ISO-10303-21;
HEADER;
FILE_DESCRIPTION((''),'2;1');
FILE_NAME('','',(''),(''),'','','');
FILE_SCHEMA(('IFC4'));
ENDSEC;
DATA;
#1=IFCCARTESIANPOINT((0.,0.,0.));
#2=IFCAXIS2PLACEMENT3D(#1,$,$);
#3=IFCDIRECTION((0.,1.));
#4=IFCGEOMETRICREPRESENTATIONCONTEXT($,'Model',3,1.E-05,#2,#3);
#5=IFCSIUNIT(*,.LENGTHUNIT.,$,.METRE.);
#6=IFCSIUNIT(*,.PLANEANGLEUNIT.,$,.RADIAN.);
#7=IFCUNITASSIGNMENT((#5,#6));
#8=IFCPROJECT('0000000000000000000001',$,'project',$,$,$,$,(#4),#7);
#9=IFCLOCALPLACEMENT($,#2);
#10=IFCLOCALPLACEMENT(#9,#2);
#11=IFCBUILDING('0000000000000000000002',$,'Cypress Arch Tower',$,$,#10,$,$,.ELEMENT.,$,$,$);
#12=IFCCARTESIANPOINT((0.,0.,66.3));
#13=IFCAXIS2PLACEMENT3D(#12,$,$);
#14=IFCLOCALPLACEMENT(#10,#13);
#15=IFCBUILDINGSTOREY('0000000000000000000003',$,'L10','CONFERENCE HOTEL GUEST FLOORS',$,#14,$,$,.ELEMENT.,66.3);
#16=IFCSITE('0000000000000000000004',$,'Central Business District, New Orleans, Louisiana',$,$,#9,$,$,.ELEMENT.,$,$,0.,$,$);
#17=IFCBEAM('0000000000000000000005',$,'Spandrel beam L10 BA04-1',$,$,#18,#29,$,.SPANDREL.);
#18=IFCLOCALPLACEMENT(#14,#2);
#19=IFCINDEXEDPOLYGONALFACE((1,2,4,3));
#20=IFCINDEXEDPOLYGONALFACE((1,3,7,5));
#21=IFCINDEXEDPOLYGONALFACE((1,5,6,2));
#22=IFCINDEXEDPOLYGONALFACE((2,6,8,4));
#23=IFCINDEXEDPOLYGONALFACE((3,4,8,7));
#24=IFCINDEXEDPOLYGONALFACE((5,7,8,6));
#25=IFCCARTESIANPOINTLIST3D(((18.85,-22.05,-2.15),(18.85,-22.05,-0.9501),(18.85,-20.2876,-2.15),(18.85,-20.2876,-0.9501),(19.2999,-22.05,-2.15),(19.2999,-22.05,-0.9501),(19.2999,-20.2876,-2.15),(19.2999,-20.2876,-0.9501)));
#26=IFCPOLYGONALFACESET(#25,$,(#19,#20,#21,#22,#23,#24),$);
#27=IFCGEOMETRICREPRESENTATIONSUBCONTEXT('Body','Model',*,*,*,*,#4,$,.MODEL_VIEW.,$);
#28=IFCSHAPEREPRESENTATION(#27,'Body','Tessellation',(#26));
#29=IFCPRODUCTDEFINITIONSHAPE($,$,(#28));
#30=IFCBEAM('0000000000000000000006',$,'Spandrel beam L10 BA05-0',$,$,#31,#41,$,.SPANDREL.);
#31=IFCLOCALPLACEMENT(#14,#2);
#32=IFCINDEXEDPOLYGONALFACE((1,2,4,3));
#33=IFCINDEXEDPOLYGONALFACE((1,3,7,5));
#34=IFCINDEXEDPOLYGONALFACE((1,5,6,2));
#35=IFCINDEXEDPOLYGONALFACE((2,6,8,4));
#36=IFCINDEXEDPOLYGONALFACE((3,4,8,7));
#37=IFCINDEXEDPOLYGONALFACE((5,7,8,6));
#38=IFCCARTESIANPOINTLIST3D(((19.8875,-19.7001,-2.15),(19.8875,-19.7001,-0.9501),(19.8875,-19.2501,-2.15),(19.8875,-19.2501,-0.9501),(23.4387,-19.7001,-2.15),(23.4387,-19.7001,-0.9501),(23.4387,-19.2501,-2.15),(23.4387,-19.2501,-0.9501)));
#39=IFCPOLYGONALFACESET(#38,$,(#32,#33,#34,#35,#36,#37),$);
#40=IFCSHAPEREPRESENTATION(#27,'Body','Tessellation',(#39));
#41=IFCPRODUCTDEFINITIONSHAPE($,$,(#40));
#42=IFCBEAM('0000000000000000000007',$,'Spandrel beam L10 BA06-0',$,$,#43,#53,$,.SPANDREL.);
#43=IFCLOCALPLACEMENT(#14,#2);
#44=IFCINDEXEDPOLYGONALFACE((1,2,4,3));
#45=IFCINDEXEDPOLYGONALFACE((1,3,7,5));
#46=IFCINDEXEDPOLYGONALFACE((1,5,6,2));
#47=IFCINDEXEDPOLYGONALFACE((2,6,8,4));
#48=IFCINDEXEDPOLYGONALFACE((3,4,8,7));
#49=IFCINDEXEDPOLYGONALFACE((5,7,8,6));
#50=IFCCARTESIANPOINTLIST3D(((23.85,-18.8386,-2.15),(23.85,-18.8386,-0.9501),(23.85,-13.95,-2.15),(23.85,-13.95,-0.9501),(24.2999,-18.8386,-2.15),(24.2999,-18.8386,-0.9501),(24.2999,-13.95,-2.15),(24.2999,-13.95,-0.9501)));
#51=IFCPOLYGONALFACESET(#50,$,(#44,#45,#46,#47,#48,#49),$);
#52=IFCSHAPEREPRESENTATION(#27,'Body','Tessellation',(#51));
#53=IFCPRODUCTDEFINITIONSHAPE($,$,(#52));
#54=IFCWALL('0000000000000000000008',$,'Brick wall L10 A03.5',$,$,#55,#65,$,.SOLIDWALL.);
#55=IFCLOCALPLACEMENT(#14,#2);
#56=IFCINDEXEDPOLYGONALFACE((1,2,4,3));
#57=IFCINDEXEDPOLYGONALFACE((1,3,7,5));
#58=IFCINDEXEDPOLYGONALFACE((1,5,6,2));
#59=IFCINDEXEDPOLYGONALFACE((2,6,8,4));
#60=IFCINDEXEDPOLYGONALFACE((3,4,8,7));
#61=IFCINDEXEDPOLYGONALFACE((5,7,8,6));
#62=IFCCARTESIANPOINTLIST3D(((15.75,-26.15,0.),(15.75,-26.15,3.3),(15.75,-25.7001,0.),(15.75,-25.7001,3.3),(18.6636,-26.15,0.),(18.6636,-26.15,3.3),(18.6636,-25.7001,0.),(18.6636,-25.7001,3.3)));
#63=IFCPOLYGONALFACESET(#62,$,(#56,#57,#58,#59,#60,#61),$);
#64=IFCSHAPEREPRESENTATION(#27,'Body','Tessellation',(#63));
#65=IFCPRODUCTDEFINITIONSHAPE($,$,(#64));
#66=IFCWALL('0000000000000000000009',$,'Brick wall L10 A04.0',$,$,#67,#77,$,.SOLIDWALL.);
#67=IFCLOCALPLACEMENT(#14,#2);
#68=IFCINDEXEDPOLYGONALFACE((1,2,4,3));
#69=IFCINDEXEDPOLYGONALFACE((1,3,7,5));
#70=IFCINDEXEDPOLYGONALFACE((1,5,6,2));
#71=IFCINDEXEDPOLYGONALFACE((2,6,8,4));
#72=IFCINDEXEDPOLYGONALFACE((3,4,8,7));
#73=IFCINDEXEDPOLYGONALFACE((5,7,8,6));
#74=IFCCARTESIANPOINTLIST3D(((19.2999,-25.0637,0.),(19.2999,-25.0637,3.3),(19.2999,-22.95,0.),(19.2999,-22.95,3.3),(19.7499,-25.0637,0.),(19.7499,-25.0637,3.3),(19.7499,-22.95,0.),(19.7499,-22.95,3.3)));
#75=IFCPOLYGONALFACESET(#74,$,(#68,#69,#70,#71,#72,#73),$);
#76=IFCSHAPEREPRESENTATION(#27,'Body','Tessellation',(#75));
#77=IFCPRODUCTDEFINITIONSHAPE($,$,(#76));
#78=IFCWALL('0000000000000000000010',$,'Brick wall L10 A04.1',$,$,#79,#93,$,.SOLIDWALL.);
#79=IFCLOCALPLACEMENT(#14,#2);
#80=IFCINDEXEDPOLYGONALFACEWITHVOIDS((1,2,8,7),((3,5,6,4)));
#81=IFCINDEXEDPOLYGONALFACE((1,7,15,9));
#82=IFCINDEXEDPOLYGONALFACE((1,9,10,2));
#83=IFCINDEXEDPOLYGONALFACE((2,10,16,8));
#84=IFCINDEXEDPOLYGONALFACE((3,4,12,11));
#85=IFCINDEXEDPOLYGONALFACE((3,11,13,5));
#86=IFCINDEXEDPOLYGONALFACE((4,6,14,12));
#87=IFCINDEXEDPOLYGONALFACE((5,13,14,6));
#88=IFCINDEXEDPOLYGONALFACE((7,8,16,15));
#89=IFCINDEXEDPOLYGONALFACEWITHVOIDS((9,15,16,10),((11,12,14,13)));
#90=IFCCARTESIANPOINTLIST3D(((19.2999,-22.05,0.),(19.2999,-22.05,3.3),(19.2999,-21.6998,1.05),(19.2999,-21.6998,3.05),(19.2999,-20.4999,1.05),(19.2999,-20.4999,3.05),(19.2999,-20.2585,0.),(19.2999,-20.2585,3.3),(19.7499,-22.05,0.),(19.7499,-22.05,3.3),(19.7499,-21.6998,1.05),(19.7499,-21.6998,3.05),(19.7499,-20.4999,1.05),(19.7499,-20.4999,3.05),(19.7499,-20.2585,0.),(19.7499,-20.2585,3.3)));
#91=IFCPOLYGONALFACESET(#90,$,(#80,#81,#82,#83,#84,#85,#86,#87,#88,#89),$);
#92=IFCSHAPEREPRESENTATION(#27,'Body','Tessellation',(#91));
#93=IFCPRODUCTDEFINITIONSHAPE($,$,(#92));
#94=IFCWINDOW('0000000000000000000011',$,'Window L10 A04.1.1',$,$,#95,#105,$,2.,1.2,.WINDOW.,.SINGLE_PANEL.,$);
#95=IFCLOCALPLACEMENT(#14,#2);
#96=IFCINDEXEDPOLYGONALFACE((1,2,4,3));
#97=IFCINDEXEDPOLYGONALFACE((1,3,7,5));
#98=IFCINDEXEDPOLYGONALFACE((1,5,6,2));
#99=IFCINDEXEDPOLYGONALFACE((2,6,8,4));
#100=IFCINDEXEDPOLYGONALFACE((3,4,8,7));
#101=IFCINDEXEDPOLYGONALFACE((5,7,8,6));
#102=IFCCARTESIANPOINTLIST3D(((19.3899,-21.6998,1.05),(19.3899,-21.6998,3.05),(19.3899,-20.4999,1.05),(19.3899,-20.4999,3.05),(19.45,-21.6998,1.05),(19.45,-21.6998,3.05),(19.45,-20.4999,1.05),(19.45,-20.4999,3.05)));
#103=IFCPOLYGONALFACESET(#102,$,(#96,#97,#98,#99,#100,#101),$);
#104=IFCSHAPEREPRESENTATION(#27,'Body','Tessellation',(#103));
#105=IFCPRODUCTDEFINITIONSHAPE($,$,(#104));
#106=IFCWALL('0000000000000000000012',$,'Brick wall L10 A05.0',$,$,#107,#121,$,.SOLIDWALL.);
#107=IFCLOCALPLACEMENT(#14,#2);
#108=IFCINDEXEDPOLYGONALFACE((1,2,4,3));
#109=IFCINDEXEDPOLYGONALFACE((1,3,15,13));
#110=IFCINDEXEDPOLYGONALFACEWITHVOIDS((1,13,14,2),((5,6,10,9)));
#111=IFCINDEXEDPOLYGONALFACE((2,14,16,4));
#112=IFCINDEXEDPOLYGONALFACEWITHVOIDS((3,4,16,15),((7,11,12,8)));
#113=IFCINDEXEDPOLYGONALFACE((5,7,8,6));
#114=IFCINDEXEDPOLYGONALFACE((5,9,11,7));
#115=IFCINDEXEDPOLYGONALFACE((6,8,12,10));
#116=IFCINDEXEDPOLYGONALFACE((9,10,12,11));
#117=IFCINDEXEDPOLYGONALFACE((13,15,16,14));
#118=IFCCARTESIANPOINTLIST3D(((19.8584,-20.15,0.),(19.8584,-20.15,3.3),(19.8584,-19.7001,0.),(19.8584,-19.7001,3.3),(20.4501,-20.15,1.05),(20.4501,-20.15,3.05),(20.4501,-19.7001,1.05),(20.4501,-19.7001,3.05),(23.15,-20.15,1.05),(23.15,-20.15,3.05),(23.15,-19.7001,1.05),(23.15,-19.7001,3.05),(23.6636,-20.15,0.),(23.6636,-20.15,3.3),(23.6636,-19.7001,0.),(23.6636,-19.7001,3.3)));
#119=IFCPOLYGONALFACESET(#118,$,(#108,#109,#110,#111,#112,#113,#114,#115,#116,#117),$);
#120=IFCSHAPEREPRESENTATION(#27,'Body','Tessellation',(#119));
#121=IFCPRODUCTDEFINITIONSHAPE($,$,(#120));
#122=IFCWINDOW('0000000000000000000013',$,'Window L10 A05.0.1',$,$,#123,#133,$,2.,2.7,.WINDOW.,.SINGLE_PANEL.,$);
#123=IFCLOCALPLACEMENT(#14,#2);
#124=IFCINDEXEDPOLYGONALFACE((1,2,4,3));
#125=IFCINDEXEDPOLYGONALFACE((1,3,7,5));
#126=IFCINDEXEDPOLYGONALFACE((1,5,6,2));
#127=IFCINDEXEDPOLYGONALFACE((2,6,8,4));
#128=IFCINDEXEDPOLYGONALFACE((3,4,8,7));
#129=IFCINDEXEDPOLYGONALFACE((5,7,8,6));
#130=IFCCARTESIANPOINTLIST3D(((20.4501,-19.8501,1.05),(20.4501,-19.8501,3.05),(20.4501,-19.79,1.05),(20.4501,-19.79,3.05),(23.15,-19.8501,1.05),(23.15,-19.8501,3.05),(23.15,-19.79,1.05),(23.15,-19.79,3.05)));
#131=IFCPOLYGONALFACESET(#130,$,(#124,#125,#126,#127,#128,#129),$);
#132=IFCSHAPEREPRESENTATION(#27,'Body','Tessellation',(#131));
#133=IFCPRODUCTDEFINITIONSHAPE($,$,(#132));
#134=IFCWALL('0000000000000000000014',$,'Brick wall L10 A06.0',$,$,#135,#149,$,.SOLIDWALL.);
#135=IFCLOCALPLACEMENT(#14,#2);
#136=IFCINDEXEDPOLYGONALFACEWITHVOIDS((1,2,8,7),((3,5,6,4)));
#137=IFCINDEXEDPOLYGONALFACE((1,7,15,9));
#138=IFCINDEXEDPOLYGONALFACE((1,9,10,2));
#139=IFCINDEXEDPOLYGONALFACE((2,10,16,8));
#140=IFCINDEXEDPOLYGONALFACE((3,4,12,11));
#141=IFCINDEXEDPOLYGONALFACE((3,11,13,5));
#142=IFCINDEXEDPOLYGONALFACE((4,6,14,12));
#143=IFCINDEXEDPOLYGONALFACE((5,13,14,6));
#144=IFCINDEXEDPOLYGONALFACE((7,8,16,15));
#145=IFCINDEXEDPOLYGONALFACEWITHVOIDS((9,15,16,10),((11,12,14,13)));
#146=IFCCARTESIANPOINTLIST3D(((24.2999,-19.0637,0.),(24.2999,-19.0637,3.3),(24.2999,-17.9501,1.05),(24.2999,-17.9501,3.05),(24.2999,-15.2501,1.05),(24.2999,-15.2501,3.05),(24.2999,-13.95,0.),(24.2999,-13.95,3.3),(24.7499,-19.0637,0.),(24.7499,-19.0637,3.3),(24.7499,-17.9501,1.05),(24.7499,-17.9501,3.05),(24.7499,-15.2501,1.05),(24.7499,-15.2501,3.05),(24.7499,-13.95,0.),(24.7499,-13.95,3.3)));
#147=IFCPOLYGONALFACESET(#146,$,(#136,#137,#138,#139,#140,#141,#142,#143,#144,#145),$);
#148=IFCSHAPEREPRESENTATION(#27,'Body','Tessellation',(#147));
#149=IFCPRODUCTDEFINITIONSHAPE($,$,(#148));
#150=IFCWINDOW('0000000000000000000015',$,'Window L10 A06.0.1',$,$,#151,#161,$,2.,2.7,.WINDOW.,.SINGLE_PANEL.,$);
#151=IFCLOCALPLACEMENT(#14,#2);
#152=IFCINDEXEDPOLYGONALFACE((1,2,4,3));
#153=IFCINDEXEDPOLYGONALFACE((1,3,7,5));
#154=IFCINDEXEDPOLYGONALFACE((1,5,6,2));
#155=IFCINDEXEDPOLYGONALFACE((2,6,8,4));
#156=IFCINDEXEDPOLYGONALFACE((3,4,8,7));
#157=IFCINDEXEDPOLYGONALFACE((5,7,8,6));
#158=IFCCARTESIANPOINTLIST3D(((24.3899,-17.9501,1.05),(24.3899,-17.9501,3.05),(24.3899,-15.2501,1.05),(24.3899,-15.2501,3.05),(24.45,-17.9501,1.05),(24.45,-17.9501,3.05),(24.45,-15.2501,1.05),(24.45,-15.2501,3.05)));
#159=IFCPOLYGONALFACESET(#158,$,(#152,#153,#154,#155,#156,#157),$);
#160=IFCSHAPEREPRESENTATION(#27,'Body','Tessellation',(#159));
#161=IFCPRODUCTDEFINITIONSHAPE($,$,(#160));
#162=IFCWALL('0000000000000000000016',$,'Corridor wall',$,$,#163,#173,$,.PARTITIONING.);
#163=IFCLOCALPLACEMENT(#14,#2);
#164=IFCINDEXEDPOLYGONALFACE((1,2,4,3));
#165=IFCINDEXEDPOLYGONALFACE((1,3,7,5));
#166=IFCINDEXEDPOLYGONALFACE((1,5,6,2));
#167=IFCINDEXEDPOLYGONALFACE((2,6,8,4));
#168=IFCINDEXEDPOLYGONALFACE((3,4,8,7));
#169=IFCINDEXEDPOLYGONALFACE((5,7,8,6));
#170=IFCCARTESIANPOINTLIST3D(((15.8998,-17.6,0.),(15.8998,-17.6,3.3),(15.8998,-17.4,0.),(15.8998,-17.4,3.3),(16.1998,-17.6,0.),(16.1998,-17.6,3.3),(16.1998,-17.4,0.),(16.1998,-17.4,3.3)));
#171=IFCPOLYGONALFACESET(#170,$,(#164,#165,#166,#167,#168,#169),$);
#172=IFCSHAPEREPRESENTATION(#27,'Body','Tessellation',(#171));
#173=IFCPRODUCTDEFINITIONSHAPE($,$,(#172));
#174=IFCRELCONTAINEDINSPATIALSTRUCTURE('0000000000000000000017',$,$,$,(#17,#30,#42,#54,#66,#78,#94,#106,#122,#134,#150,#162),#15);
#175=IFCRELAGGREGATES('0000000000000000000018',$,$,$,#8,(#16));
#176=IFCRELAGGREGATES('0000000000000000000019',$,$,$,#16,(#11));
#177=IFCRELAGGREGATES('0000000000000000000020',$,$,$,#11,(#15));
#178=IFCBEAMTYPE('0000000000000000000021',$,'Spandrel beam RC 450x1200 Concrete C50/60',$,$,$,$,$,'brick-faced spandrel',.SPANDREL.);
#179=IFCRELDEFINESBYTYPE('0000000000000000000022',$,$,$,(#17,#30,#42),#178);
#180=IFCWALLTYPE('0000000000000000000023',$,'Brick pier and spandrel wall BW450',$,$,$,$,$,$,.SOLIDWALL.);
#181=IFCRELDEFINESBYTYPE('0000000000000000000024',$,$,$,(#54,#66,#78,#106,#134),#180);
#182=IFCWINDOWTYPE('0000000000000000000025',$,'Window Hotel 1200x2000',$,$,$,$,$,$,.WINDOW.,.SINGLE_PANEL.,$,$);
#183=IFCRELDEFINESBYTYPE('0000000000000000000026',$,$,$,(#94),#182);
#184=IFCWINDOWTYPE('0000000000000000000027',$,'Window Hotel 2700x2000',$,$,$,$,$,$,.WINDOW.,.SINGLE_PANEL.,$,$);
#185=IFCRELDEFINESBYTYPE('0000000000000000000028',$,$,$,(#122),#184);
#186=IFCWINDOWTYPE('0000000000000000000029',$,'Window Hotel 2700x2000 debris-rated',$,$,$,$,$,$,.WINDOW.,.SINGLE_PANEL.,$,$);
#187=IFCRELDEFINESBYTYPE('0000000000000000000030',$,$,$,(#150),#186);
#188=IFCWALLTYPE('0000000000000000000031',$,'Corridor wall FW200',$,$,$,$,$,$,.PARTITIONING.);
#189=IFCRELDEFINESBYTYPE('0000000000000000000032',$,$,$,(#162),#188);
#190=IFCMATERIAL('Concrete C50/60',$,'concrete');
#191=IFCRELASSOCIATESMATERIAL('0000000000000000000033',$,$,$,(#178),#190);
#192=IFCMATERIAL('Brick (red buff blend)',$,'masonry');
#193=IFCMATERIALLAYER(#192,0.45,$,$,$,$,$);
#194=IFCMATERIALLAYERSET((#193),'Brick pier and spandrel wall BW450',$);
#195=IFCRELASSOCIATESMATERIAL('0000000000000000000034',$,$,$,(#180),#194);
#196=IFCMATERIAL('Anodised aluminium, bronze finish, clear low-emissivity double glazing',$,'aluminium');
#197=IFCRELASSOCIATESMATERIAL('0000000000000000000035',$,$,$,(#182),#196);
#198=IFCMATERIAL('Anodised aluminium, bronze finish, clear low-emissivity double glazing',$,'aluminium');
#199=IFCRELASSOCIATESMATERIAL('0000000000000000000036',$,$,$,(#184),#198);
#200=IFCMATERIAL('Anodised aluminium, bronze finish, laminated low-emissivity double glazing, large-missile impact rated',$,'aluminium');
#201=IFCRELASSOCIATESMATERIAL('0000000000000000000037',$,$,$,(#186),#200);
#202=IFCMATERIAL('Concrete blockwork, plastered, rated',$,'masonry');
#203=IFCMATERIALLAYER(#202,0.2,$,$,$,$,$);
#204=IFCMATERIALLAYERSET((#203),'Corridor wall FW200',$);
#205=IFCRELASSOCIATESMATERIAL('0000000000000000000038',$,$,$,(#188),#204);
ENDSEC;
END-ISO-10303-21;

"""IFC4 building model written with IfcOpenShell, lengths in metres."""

from ifc_helpers import new_model, si_unit, direction, frame, frame_2d, origin, origin_2d, place, context, subcontext, project, spatial, rectangle, extrude, material, layer, layer_set, material_profile, profile_set, type_object, element, fill, save


model = new_model("IFC4")

# Units and contexts
model_context = context("Model", 3, precision=1e-05, world=origin(), true_north=direction((0.0, 1.0)))
body_context = subcontext(model_context, "Body", "Model", "MODEL_VIEW")
ifc_project = project(units=[si_unit("LENGTHUNIT", "METRE"), si_unit("PLANEANGLEUNIT", "RADIAN")], contexts=[model_context])

# Site, building, storey
site_placement = place(None, origin())
site = spatial("IfcSite", under=ifc_project, at=site_placement, Name="Central Business District, New Orleans, Louisiana", CompositionType="ELEMENT", RefElevation=0.0)
building_placement = place(site_placement, origin())
building = spatial("IfcBuilding", under=site, at=building_placement, Name="Cypress Arch Tower", CompositionType="ELEMENT")
storey_placement = place(building_placement, frame((0.0, 0.0, 66.3)))
storey = spatial("IfcBuildingStorey", under=building, at=storey_placement, Name="L10", Description="CONFERENCE HOTEL GUEST FLOORS", CompositionType="ELEMENT", Elevation=66.3)

# Beams
ifc_material_1 = material(Name="Concrete C50/60", Category="concrete")
ifc_material_profile_1 = material_profile(ifc_material_1, rectangle(XDim=0.45, YDim=1.2, at=origin_2d()), Name="RC 450x1200")
ifc_profile_set_1 = profile_set([ifc_material_profile_1], Name="Concrete C50/60")
beam_type_1 = type_object("IfcBeamType", Name="Spandrel beam RC 450x1200 Concrete C50/60", ElementType="brick-faced spandrel", PredefinedType="SPANDREL", material=ifc_profile_set_1)
beam_1_placement = place(storey_placement, frame((19.075, -22.05, -1.55), z_axis=(0.0, 1.0, 0.0), x_axis=(-1.0, 0.0, 0.0)))
element("IfcBeam", 1, at=beam_1_placement, inside=storey, type_object=beam_type_1, Name="Spandrel beam L10 BA04-1", PredefinedType="SPANDREL", context=body_context, shape_type="SweptSolid", body=[
    extrude(rectangle(XDim=0.45, YDim=1.2, at=origin_2d()), origin(), (0.0, 0.0, 1.0), 1.7625),
])
beam_2_placement = place(storey_placement, frame((19.8875, -19.4751, -1.55), z_axis=(1.0, 0.0, 0.0), x_axis=(0.0, 1.0, 0.0)))
element("IfcBeam", 2, at=beam_2_placement, inside=storey, type_object=beam_type_1, Name="Spandrel beam L10 BA05-0", PredefinedType="SPANDREL", context=body_context, shape_type="SweptSolid", body=[
    extrude(rectangle(XDim=0.45, YDim=1.2, at=origin_2d()), origin(), (0.0, 0.0, 1.0), 3.5513),
])
beam_3_placement = place(storey_placement, frame((24.075, -18.8386, -1.55), z_axis=(0.0, 1.0, 0.0), x_axis=(-1.0, 0.0, 0.0)))
element("IfcBeam", 3, at=beam_3_placement, inside=storey, type_object=beam_type_1, Name="Spandrel beam L10 BA06-0", PredefinedType="SPANDREL", context=body_context, shape_type="SweptSolid", body=[
    extrude(rectangle(XDim=0.45, YDim=1.2, at=origin_2d()), origin(), (0.0, 0.0, 1.0), 4.8887),
])

# Walls
ifc_material_2 = material(Name="Brick (red buff blend)", Category="masonry")
ifc_layer_1 = layer(ifc_material_2, 0.45)
ifc_layer_set_1 = layer_set([ifc_layer_1], Name="Brick pier and spandrel wall BW450")
wall_type_1 = type_object("IfcWallType", Name="Brick pier and spandrel wall BW450", PredefinedType="SOLIDWALL", material=ifc_layer_set_1)
wall_1_placement = place(storey_placement, frame((15.75, -25.925, 0.0), z_axis=(0.0, 0.0, 1.0), x_axis=(1.0, 0.0, 0.0)))
element("IfcWall", 4, at=wall_1_placement, inside=storey, type_object=wall_type_1, Name="Brick wall L10 A03.5", PredefinedType="SOLIDWALL", context=body_context, shape_type="SweptSolid", body=[
    extrude(rectangle(XDim=2.9136, YDim=0.45, at=frame_2d((1.4568, 0.0))), origin(), (0.0, 0.0, 1.0), 3.3),
])
wall_2_placement = place(storey_placement, frame((19.5249, -25.0637, 0.0), z_axis=(0.0, 0.0, 1.0), x_axis=(0.0, 1.0, 0.0)))
element("IfcWall", 5, at=wall_2_placement, inside=storey, type_object=wall_type_1, Name="Brick wall L10 A04.0", PredefinedType="SOLIDWALL", context=body_context, shape_type="SweptSolid", body=[
    extrude(rectangle(XDim=2.1138, YDim=0.45, at=frame_2d((1.0569, 0.0))), origin(), (0.0, 0.0, 1.0), 3.3),
])

# Walls, openings, windows
wall_3_placement = place(storey_placement, frame((19.5249, -22.05, 0.0), z_axis=(0.0, 0.0, 1.0), x_axis=(0.0, 1.0, 0.0)))
wall_3 = element("IfcWall", 6, at=wall_3_placement, inside=storey, type_object=wall_type_1, Name="Brick wall L10 A04.1", PredefinedType="SOLIDWALL", context=body_context, shape_type="SweptSolid", body=[
    extrude(rectangle(XDim=1.7915, YDim=0.45, at=frame_2d((0.8958, 0.0))), origin(), (0.0, 0.0, 1.0), 3.3),
])
opening_1_placement = place(wall_3_placement, frame((0.3501, 0.0, 1.05)))
opening_1 = element("IfcOpeningElement", 7, at=opening_1_placement, cuts=wall_3, PredefinedType="OPENING", context=body_context, shape_type="SweptSolid", body=[
    extrude(rectangle(XDim=1.2, YDim=2.0, at=frame_2d((0.6001, 1.0))), frame((0.0, 0.2349, 0.0), z_axis=(0.0, -1.0, 0.0), x_axis=(1.0, 0.0, 0.0)), (0.0, 0.0, 1.0), 0.47),
])
ifc_material_3 = material(Name="Anodised aluminium, bronze finish, clear low-emissivity double glazing", Category="aluminium")
window_type_1 = type_object("IfcWindowType", Name="Window Hotel 1200x2000", PartitioningType="SINGLE_PANEL", PredefinedType="WINDOW", material=ifc_material_3)
window_1_placement = place(opening_1_placement, origin())
window_1 = element("IfcWindow", 8, at=window_1_placement, inside=storey, type_object=window_type_1, Name="Window L10 A04.1.1", OverallHeight=2.0, OverallWidth=1.2, PartitioningType="SINGLE_PANEL", PredefinedType="WINDOW", context=body_context, shape_type="SweptSolid", body=[
    extrude(rectangle(XDim=1.2, YDim=2.0, at=frame_2d((0.6001, 1.0))), frame((0.0, 0.135, 0.0), z_axis=(0.0, -1.0, 0.0), x_axis=(1.0, 0.0, 0.0)), (0.0, 0.0, 1.0), 0.0601),
])
fill(opening_1, window_1)
wall_4_placement = place(storey_placement, frame((19.8584, -19.925, 0.0), z_axis=(0.0, 0.0, 1.0), x_axis=(1.0, 0.0, 0.0)))
wall_4 = element("IfcWall", 9, at=wall_4_placement, inside=storey, type_object=wall_type_1, Name="Brick wall L10 A05.0", PredefinedType="SOLIDWALL", context=body_context, shape_type="SweptSolid", body=[
    extrude(rectangle(XDim=3.8052, YDim=0.45, at=frame_2d((1.9026, 0.0))), origin(), (0.0, 0.0, 1.0), 3.3),
])
opening_2_placement = place(wall_4_placement, frame((0.5916, 0.0, 1.05)))
opening_2 = element("IfcOpeningElement", 10, at=opening_2_placement, cuts=wall_4, PredefinedType="OPENING", context=body_context, shape_type="SweptSolid", body=[
    extrude(rectangle(XDim=2.7, YDim=2.0, at=frame_2d((1.3501, 1.0))), frame((0.0, 0.2349, 0.0), z_axis=(0.0, -1.0, 0.0), x_axis=(1.0, 0.0, 0.0)), (0.0, 0.0, 1.0), 0.47),
])
ifc_material_4 = material(Name="Anodised aluminium, bronze finish, clear low-emissivity double glazing", Category="aluminium")
window_type_2 = type_object("IfcWindowType", Name="Window Hotel 2700x2000", PartitioningType="SINGLE_PANEL", PredefinedType="WINDOW", material=ifc_material_4)
window_2_placement = place(opening_2_placement, origin())
window_2 = element("IfcWindow", 11, at=window_2_placement, inside=storey, type_object=window_type_2, Name="Window L10 A05.0.1", OverallHeight=2.0, OverallWidth=2.7, PartitioningType="SINGLE_PANEL", PredefinedType="WINDOW", context=body_context, shape_type="SweptSolid", body=[
    extrude(rectangle(XDim=2.7, YDim=2.0, at=frame_2d((1.3501, 1.0))), frame((0.0, 0.135, 0.0), z_axis=(0.0, -1.0, 0.0), x_axis=(1.0, 0.0, 0.0)), (0.0, 0.0, 1.0), 0.0601),
])
fill(opening_2, window_2)
wall_5_placement = place(storey_placement, frame((24.5249, -19.0637, 0.0), z_axis=(0.0, 0.0, 1.0), x_axis=(0.0, 1.0, 0.0)))
wall_5 = element("IfcWall", 12, at=wall_5_placement, inside=storey, type_object=wall_type_1, Name="Brick wall L10 A06.0", PredefinedType="SOLIDWALL", context=body_context, shape_type="SweptSolid", body=[
    extrude(rectangle(XDim=5.1138, YDim=0.45, at=frame_2d((2.5569, 0.0))), origin(), (0.0, 0.0, 1.0), 3.3),
])
opening_3_placement = place(wall_5_placement, frame((1.1135, 0.0, 1.05)))
opening_3 = element("IfcOpeningElement", 13, at=opening_3_placement, cuts=wall_5, PredefinedType="OPENING", context=body_context, shape_type="SweptSolid", body=[
    extrude(rectangle(XDim=2.7, YDim=2.0, at=frame_2d((1.3501, 1.0))), frame((0.0, 0.2349, 0.0), z_axis=(0.0, -1.0, 0.0), x_axis=(1.0, 0.0, 0.0)), (0.0, 0.0, 1.0), 0.47),
])
ifc_material_5 = material(Name="Anodised aluminium, bronze finish, laminated low-emissivity double glazing, large-missile impact rated", Category="aluminium")
window_type_3 = type_object("IfcWindowType", Name="Window Hotel 2700x2000 debris-rated", PartitioningType="SINGLE_PANEL", PredefinedType="WINDOW", material=ifc_material_5)
window_3_placement = place(opening_3_placement, origin())
window_3 = element("IfcWindow", 14, at=window_3_placement, inside=storey, type_object=window_type_3, Name="Window L10 A06.0.1", OverallHeight=2.0, OverallWidth=2.7, PartitioningType="SINGLE_PANEL", PredefinedType="WINDOW", context=body_context, shape_type="SweptSolid", body=[
    extrude(rectangle(XDim=2.7, YDim=2.0, at=frame_2d((1.3501, 1.0))), frame((0.0, 0.135, 0.0), z_axis=(0.0, -1.0, 0.0), x_axis=(1.0, 0.0, 0.0)), (0.0, 0.0, 1.0), 0.0601),
])
fill(opening_3, window_3)

# Wall
ifc_material_6 = material(Name="Concrete blockwork, plastered, rated", Category="masonry")
ifc_layer_2 = layer(ifc_material_6, 0.2)
ifc_layer_set_2 = layer_set([ifc_layer_2], Name="Corridor wall FW200")
wall_type_2 = type_object("IfcWallType", Name="Corridor wall FW200", PredefinedType="PARTITIONING", material=ifc_layer_set_2)
wall_6_placement = place(storey_placement, frame((15.8999, -17.5, 0.0), z_axis=(0.0, 0.0, 1.0), x_axis=(1.0, 0.0, 0.0)))
element("IfcWall", 15, at=wall_6_placement, inside=storey, type_object=wall_type_2, Name="Corridor wall", PredefinedType="PARTITIONING", context=body_context, shape_type="SweptSolid", body=[
    extrude(rectangle(XDim=0.3, YDim=0.2, at=frame_2d((0.1499, 0.0))), origin(), (0.0, 0.0, 1.0), 3.3),
])

save(model, "model.ifc")
